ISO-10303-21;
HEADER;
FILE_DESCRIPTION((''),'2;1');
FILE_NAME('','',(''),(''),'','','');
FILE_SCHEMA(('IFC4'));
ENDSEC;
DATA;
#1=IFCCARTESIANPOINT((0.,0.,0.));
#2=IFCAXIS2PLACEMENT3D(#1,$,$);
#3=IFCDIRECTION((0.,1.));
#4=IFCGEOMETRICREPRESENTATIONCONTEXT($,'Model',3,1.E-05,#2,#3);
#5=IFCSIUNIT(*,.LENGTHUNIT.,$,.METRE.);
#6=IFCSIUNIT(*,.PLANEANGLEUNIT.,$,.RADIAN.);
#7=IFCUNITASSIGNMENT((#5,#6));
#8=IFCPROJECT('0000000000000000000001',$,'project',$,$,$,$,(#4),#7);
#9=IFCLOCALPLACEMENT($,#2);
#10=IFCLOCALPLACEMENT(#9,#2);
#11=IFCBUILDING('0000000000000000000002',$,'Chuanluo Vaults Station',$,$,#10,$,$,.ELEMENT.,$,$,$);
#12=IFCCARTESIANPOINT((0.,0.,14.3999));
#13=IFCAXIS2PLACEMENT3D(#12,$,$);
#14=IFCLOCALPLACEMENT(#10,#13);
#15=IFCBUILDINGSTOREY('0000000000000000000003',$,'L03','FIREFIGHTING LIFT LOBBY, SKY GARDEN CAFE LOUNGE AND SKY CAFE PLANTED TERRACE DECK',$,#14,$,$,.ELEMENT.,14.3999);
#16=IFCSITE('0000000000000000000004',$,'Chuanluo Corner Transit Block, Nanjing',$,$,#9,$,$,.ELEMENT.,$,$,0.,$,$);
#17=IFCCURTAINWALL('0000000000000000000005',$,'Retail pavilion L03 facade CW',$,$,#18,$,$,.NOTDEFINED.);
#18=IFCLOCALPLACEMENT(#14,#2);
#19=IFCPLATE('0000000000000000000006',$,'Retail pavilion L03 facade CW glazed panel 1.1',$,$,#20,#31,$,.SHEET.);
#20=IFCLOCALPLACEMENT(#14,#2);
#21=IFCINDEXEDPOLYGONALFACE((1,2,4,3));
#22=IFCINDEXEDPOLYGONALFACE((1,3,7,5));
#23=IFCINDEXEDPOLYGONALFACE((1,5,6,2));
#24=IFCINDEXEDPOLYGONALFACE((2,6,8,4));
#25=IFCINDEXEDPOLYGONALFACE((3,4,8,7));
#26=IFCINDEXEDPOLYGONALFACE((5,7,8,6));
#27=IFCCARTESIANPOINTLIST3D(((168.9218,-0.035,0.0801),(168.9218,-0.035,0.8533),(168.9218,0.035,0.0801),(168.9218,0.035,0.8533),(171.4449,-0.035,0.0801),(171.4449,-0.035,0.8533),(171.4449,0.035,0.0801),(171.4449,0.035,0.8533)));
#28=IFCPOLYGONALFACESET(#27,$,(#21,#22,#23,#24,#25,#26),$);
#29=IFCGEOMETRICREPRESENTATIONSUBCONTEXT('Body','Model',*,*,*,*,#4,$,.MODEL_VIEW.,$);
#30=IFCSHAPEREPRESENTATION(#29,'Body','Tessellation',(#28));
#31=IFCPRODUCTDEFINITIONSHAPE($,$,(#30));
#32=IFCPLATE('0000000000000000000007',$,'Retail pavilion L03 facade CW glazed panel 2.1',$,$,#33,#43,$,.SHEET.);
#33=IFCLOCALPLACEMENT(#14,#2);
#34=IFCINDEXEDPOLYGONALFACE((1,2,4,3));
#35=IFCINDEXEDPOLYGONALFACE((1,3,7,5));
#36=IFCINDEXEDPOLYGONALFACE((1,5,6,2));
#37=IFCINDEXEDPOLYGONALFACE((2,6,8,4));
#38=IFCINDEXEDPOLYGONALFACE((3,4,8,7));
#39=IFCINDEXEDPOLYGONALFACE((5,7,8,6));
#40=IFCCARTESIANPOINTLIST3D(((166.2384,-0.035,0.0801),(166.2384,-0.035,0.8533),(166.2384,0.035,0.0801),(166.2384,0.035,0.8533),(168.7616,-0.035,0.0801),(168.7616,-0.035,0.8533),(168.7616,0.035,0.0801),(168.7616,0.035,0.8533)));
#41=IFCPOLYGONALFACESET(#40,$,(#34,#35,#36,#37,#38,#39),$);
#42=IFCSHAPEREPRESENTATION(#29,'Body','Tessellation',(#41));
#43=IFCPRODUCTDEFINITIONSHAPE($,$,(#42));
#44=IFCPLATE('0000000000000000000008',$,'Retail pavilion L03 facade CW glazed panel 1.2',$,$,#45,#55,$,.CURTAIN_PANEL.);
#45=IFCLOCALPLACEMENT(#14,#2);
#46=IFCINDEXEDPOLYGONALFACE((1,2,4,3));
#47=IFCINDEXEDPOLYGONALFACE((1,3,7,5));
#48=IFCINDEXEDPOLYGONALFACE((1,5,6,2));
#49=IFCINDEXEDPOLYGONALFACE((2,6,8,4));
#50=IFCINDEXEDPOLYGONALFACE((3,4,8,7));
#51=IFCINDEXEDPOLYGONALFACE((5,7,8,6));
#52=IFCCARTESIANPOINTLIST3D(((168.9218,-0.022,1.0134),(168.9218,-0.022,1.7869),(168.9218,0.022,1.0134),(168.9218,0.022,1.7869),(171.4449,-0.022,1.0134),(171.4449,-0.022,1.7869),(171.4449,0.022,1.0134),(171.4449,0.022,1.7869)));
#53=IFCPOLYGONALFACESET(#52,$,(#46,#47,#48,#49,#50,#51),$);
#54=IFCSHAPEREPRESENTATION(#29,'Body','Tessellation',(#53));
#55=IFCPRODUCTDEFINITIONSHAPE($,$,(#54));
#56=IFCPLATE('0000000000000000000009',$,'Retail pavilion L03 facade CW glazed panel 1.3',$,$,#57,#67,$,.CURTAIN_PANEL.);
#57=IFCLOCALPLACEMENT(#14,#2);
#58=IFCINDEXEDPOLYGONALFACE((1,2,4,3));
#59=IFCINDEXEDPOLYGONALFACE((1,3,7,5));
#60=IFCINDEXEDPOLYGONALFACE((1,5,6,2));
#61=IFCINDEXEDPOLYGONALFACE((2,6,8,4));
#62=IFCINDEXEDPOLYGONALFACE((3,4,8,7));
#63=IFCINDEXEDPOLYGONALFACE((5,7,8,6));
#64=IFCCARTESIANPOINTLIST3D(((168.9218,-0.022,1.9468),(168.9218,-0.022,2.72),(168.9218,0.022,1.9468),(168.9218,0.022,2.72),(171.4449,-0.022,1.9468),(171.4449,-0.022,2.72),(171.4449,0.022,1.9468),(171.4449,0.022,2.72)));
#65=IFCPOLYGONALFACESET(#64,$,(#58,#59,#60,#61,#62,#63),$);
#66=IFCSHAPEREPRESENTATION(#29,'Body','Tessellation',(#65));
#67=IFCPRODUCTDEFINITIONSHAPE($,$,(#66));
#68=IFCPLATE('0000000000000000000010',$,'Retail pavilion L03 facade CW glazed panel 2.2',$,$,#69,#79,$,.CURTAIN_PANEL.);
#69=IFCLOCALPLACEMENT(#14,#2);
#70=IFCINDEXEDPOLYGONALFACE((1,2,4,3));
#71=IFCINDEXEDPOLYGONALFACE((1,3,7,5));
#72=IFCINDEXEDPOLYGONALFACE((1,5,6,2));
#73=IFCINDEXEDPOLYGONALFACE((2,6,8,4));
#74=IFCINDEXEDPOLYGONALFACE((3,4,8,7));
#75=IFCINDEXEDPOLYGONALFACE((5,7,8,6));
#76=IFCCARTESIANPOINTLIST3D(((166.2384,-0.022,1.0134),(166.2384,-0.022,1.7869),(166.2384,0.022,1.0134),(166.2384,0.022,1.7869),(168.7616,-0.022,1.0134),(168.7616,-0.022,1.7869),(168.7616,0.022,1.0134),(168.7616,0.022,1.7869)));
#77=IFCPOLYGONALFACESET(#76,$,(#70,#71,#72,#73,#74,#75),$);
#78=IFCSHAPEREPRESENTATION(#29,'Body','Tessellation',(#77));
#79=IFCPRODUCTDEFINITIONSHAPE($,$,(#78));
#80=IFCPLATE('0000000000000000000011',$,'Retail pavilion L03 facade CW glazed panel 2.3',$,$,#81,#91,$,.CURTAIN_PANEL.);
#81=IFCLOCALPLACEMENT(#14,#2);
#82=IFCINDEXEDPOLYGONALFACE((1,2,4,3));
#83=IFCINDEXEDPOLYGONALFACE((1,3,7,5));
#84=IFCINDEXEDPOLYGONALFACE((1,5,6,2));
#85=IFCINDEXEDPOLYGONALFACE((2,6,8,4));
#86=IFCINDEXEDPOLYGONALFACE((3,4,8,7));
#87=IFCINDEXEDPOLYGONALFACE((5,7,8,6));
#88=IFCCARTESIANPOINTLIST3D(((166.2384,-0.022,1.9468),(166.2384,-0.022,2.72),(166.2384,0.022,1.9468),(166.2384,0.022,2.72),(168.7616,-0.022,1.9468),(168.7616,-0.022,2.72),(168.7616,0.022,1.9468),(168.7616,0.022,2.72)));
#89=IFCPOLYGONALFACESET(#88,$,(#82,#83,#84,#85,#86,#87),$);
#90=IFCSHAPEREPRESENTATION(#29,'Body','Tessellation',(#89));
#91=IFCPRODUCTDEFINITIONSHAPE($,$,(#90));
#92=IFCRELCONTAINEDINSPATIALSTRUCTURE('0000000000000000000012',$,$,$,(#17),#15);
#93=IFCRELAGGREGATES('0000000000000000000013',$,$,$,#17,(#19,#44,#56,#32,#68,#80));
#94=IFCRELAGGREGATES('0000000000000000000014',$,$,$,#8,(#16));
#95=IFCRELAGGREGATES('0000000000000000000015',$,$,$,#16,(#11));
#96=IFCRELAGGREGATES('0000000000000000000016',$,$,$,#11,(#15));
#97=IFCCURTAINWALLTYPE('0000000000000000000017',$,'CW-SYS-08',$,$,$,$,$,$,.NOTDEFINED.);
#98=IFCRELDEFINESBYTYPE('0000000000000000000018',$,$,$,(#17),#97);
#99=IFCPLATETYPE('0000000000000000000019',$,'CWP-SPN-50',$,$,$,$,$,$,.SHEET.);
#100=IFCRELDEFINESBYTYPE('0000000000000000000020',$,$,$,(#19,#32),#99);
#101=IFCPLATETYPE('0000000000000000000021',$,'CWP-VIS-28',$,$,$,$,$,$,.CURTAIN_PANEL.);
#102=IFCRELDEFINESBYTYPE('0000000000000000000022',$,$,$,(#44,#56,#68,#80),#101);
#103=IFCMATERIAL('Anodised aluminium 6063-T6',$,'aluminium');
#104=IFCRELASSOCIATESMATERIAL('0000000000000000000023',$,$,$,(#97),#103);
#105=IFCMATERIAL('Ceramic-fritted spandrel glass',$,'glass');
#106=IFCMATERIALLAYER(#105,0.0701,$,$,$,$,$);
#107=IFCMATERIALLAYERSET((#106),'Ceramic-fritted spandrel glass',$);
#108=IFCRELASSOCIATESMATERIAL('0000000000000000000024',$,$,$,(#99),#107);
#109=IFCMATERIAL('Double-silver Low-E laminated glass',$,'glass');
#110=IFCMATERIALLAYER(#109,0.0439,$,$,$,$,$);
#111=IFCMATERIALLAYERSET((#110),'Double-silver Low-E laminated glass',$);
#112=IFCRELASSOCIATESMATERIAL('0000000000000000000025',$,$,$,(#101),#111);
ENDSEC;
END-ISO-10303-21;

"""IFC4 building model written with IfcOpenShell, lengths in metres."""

from ifc_helpers import new_model, si_unit, direction, frame, origin, origin_2d, place, context, subcontext, project, spatial, rectangle, extrude, material, layer, layer_set, type_object, element, aggregate, save


model = new_model("IFC4")

# Units and contexts
model_context = context("Model", 3, precision=1e-05, world=origin(), true_north=direction((0.0, 1.0)))
body_context = subcontext(model_context, "Body", "Model", "MODEL_VIEW")
ifc_project = project(units=[si_unit("LENGTHUNIT", "METRE"), si_unit("PLANEANGLEUNIT", "RADIAN")], contexts=[model_context])

# Site, building, storey
site_placement = place(None, origin())
site = spatial("IfcSite", under=ifc_project, at=site_placement, Name="Chuanluo Corner Transit Block, Nanjing", CompositionType="ELEMENT", RefElevation=0.0)
building_placement = place(site_placement, origin())
building = spatial("IfcBuilding", under=site, at=building_placement, Name="Chuanluo Vaults Station", CompositionType="ELEMENT")
storey_placement = place(building_placement, frame((0.0, 0.0, 14.3999)))
storey = spatial("IfcBuildingStorey", under=building, at=storey_placement, Name="L03", Description="FIREFIGHTING LIFT LOBBY, SKY GARDEN CAFE LOUNGE AND SKY CAFE PLANTED TERRACE DECK", CompositionType="ELEMENT", Elevation=14.3999)

# Curtain wall, plates
ifc_material_1 = material(Name="Anodised aluminium 6063-T6", Category="aluminium")
curtain_wall_type = type_object("IfcCurtainWallType", Name="CW-SYS-08", PredefinedType="NOTDEFINED", material=ifc_material_1)
curtain_wall_placement = place(storey_placement, origin())
curtain_wall = element("IfcCurtainWall", 1, at=curtain_wall_placement, inside=storey, type_object=curtain_wall_type, Name="Retail pavilion L03 facade CW", PredefinedType="NOTDEFINED")
ifc_material_2 = material(Name="Ceramic-fritted spandrel glass", Category="glass")
ifc_layer_1 = layer(ifc_material_2, 0.0701)
ifc_layer_set_1 = layer_set([ifc_layer_1], Name="Ceramic-fritted spandrel glass")
plate_type_1 = type_object("IfcPlateType", Name="CWP-SPN-50", PredefinedType="SHEET", material=ifc_layer_set_1)
plate_1_placement = place(storey_placement, frame((170.1833, 0.0, 0.0801), z_axis=(0.0, 0.0, 1.0), x_axis=(-1.0, 0.0, 0.0)))
plate_1 = element("IfcPlate", 2, at=plate_1_placement, type_object=plate_type_1, Name="Retail pavilion L03 facade CW glazed panel 1.1", PredefinedType="SHEET", context=body_context, shape_type="SweptSolid", body=[
    extrude(rectangle(XDim=2.5232, YDim=0.0701, at=origin_2d()), origin(), (0.0, 0.0, 1.0), 0.7732),
])
plate_2_placement = place(storey_placement, frame((167.5, 0.0, 0.0801), z_axis=(0.0, 0.0, 1.0), x_axis=(-1.0, 0.0, 0.0)))
plate_2 = element("IfcPlate", 3, at=plate_2_placement, type_object=plate_type_1, Name="Retail pavilion L03 facade CW glazed panel 2.1", PredefinedType="SHEET", context=body_context, shape_type="SweptSolid", body=[
    extrude(rectangle(XDim=2.5232, YDim=0.0701, at=origin_2d()), origin(), (0.0, 0.0, 1.0), 0.7732),
])
ifc_material_3 = material(Name="Double-silver Low-E laminated glass", Category="glass")
ifc_layer_2 = layer(ifc_material_3, 0.0439)
ifc_layer_set_2 = layer_set([ifc_layer_2], Name="Double-silver Low-E laminated glass")
plate_type_2 = type_object("IfcPlateType", Name="CWP-VIS-28", PredefinedType="CURTAIN_PANEL", material=ifc_layer_set_2)
plate_3_placement = place(storey_placement, frame((170.1833, 0.0, 1.0134), z_axis=(0.0, 0.0, 1.0), x_axis=(-1.0, 0.0, 0.0)))
plate_3 = element("IfcPlate", 4, at=plate_3_placement, type_object=plate_type_2, Name="Retail pavilion L03 facade CW glazed panel 1.2", PredefinedType="CURTAIN_PANEL", context=body_context, shape_type="SweptSolid", body=[
    extrude(rectangle(XDim=2.5232, YDim=0.0439, at=origin_2d()), origin(), (0.0, 0.0, 1.0), 0.7734),
])
plate_4_placement = place(storey_placement, frame((170.1833, 0.0, 1.9468), z_axis=(0.0, 0.0, 1.0), x_axis=(-1.0, 0.0, 0.0)))
plate_4 = element("IfcPlate", 5, at=plate_4_placement, type_object=plate_type_2, Name="Retail pavilion L03 facade CW glazed panel 1.3", PredefinedType="CURTAIN_PANEL", context=body_context, shape_type="SweptSolid", body=[
    extrude(rectangle(XDim=2.5232, YDim=0.0439, at=origin_2d()), origin(), (0.0, 0.0, 1.0), 0.7732),
])
plate_5_placement = place(storey_placement, frame((167.5, 0.0, 1.0134), z_axis=(0.0, 0.0, 1.0), x_axis=(-1.0, 0.0, 0.0)))
plate_5 = element("IfcPlate", 6, at=plate_5_placement, type_object=plate_type_2, Name="Retail pavilion L03 facade CW glazed panel 2.2", PredefinedType="CURTAIN_PANEL", context=body_context, shape_type="SweptSolid", body=[
    extrude(rectangle(XDim=2.5232, YDim=0.0439, at=origin_2d()), origin(), (0.0, 0.0, 1.0), 0.7734),
])
plate_6_placement = place(storey_placement, frame((167.5, 0.0, 1.9468), z_axis=(0.0, 0.0, 1.0), x_axis=(-1.0, 0.0, 0.0)))
plate_6 = element("IfcPlate", 7, at=plate_6_placement, type_object=plate_type_2, Name="Retail pavilion L03 facade CW glazed panel 2.3", PredefinedType="CURTAIN_PANEL", context=body_context, shape_type="SweptSolid", body=[
    extrude(rectangle(XDim=2.5232, YDim=0.0439, at=origin_2d()), origin(), (0.0, 0.0, 1.0), 0.7732),
])
aggregate(curtain_wall, [plate_1, plate_3, plate_4, plate_2, plate_5, plate_6])

save(model, "model.ifc")
